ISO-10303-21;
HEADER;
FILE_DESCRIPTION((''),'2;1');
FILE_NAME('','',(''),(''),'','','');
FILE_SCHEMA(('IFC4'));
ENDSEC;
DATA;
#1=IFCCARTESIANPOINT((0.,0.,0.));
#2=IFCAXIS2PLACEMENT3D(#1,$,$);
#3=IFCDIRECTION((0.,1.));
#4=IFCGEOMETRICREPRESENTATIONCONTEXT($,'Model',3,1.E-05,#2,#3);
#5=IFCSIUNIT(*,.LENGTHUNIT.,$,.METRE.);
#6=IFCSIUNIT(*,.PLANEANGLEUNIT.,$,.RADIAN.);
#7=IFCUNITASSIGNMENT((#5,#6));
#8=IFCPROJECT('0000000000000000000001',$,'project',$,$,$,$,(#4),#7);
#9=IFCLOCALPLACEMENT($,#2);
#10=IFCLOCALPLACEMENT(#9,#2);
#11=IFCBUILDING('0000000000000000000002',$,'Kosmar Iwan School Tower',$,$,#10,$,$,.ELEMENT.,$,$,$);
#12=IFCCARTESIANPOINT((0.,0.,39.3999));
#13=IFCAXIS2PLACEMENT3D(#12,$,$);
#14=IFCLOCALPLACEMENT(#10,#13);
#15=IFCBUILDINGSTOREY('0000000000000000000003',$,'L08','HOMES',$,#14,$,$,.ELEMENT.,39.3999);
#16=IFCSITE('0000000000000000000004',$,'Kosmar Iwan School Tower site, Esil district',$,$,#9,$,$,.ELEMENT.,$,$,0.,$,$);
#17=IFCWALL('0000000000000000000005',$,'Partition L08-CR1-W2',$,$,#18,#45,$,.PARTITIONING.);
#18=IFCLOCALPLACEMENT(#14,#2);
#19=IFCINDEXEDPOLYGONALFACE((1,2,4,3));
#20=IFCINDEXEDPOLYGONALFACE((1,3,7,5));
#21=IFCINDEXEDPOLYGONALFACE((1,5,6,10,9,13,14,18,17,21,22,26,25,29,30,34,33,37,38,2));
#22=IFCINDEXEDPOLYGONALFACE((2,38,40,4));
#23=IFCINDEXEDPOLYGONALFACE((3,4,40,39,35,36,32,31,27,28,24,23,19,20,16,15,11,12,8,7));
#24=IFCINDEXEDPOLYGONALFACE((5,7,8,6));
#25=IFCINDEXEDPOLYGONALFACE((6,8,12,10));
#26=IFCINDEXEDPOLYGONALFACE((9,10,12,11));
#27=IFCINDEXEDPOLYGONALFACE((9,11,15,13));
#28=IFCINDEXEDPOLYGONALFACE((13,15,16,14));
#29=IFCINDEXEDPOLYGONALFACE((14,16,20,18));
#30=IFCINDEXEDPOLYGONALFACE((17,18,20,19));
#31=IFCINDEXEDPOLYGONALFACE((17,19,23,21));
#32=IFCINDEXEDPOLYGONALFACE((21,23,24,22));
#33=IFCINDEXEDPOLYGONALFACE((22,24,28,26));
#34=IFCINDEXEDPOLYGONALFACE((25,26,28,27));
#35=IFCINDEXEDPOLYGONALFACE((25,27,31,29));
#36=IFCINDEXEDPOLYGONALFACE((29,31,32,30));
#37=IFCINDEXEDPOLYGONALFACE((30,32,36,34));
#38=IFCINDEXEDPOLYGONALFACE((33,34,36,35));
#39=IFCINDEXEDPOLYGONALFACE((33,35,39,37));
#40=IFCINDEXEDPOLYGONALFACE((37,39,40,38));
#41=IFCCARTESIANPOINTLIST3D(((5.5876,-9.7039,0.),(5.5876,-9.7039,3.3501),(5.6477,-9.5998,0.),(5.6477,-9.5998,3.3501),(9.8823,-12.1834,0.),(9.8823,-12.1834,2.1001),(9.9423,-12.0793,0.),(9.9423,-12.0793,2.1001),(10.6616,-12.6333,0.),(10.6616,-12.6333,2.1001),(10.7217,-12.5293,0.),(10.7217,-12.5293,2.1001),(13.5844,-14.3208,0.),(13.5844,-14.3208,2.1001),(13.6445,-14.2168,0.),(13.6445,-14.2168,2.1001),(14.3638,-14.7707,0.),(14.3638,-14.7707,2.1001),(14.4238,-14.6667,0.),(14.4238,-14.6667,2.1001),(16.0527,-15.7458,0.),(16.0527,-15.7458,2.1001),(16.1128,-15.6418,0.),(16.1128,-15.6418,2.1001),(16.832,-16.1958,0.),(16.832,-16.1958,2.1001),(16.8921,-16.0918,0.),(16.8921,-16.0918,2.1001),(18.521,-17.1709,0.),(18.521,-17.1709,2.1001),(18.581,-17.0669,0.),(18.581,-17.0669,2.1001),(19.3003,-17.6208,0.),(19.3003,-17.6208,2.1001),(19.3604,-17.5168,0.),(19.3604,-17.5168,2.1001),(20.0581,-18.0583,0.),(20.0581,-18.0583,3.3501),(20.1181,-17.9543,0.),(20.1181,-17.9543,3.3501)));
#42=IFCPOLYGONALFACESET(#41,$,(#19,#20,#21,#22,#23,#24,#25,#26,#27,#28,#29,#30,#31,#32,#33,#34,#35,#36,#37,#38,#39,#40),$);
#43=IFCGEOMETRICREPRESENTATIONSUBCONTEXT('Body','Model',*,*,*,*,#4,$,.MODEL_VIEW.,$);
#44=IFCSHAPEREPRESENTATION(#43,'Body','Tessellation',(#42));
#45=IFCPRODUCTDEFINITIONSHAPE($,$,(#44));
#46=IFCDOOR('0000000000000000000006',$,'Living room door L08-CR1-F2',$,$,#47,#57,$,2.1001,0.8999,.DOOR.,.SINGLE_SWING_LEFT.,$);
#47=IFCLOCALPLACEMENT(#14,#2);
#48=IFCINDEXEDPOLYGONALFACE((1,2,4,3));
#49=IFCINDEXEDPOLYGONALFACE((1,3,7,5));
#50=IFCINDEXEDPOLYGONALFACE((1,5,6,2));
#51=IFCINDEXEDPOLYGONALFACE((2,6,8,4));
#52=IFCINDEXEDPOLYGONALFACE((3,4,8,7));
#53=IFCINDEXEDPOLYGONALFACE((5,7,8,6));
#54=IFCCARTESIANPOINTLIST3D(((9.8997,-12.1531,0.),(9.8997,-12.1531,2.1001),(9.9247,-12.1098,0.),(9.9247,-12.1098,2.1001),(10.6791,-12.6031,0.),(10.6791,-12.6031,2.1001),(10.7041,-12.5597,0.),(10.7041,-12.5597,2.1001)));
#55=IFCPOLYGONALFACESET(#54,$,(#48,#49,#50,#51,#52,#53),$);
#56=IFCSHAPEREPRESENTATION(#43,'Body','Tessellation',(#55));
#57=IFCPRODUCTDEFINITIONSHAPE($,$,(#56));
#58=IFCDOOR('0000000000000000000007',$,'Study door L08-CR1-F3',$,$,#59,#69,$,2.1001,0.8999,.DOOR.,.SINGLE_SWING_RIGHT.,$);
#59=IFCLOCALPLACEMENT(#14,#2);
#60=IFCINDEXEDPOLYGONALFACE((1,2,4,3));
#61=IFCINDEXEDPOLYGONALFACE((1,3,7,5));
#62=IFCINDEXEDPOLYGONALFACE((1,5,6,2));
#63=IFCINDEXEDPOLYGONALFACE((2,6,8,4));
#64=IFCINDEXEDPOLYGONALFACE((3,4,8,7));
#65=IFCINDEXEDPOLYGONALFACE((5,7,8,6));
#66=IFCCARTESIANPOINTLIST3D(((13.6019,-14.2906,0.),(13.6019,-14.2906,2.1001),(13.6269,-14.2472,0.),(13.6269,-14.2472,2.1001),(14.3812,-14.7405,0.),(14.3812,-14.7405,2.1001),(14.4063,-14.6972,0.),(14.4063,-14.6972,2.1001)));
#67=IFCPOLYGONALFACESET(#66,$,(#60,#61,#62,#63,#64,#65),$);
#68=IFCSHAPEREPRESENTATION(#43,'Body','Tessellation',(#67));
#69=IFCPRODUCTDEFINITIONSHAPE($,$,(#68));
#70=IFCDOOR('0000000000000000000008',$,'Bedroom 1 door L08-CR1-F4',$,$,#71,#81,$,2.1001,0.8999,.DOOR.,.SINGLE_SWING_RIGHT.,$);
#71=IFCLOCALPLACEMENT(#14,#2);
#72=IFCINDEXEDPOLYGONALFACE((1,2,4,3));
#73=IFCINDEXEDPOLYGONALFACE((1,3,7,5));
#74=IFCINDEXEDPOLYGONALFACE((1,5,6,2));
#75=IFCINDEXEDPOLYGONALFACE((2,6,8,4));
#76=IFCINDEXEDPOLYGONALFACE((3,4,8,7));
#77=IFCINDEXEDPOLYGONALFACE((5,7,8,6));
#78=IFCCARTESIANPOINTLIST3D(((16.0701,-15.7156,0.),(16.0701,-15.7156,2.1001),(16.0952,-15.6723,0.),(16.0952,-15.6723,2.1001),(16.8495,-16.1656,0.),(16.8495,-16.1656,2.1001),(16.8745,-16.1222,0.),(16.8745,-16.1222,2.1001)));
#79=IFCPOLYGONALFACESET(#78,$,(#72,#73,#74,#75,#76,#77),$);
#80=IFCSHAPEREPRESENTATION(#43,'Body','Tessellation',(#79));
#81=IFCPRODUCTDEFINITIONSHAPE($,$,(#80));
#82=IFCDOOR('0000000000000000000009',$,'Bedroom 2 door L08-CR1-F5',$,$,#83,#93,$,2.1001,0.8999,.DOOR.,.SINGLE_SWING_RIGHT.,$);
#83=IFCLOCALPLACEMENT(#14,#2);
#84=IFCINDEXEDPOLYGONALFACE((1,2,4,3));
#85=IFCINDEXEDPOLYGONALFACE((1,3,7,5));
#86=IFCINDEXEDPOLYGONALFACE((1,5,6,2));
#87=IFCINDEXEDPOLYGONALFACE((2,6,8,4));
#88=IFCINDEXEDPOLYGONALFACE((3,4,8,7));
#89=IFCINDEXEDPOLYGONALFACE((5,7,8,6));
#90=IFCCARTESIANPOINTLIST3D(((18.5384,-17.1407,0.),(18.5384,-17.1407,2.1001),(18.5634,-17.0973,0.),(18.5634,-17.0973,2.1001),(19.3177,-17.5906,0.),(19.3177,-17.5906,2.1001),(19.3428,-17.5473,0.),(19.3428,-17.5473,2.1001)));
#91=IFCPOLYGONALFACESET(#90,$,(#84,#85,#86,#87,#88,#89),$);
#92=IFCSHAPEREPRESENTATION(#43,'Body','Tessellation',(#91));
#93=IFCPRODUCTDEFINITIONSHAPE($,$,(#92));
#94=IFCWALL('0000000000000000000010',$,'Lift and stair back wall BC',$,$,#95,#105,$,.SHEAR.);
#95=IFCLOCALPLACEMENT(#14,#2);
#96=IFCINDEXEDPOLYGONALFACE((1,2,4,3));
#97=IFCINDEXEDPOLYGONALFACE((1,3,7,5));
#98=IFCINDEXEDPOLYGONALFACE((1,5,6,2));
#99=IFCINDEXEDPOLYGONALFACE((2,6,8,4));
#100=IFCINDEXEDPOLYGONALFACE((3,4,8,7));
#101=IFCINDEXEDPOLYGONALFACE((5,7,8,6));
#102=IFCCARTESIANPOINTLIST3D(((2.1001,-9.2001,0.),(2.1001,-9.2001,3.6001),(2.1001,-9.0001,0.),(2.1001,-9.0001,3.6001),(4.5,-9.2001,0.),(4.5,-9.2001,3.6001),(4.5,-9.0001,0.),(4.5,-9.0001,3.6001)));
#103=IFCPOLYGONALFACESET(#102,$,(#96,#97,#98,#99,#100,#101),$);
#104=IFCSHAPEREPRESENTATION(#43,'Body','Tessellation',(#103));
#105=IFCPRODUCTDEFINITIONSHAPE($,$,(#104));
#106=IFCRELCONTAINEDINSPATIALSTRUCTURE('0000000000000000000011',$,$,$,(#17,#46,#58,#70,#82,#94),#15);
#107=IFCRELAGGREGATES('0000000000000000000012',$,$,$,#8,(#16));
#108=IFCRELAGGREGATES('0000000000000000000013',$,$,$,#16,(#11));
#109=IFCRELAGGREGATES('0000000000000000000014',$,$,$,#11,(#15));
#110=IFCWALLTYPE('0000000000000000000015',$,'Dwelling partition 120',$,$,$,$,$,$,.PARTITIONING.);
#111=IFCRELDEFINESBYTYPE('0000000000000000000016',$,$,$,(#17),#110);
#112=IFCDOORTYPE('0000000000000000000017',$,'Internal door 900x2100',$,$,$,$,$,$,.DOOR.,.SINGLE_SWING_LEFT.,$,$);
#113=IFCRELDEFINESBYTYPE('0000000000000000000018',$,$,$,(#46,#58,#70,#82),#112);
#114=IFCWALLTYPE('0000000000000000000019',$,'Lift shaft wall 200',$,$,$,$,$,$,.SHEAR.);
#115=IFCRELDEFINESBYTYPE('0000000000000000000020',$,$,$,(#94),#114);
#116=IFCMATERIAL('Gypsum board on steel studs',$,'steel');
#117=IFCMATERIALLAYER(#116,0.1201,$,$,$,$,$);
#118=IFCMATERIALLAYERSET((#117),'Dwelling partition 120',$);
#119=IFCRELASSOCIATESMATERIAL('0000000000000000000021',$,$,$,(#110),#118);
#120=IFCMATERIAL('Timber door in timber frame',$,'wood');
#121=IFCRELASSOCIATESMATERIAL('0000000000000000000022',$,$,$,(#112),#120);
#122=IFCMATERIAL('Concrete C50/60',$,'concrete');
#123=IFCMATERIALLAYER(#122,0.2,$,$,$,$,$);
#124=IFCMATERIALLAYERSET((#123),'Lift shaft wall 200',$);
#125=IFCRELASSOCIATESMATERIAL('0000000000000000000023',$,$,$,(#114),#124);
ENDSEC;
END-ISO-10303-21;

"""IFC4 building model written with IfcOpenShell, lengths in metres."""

from ifc_helpers import new_model, si_unit, direction, frame, frame_2d, origin, place, context, subcontext, project, spatial, rectangle, extrude, material, layer, layer_set, type_object, element, fill, save


model = new_model("IFC4")

# Units and contexts
model_context = context("Model", 3, precision=1e-05, world=origin(), true_north=direction((0.0, 1.0)))
body_context = subcontext(model_context, "Body", "Model", "MODEL_VIEW")
ifc_project = project(units=[si_unit("LENGTHUNIT", "METRE"), si_unit("PLANEANGLEUNIT", "RADIAN")], contexts=[model_context])

# Site, building, storey
site_placement = place(None, origin())
site = spatial("IfcSite", under=ifc_project, at=site_placement, Name="Kosmar Iwan School Tower site, Esil district", CompositionType="ELEMENT", RefElevation=0.0)
building_placement = place(site_placement, origin())
building = spatial("IfcBuilding", under=site, at=building_placement, Name="Kosmar Iwan School Tower", CompositionType="ELEMENT")
storey_placement = place(building_placement, frame((0.0, 0.0, 39.3999)))
storey = spatial("IfcBuildingStorey", under=building, at=storey_placement, Name="L08", Description="HOMES", CompositionType="ELEMENT", Elevation=39.3999)

# Wall, openings, doors
ifc_material_1 = material(Name="Gypsum board on steel studs", Category="steel")
ifc_layer_1 = layer(ifc_material_1, 0.1201)
ifc_layer_set_1 = layer_set([ifc_layer_1], Name="Dwelling partition 120")
wall_type_1 = type_object("IfcWallType", Name="Dwelling partition 120", PredefinedType="PARTITIONING", material=ifc_layer_set_1)
wall_1_placement = place(storey_placement, frame((5.6177, -9.6519, 0.0), z_axis=(0.0, 0.0, 1.0), x_axis=(0.866026, -0.499999, 0.0)))
wall_1 = element("IfcWall", 1, at=wall_1_placement, inside=storey, type_object=wall_type_1, Name="Partition L08-CR1-W2", PredefinedType="PARTITIONING", context=body_context, shape_type="SweptSolid", body=[
    extrude(rectangle(XDim=16.709, YDim=0.1201, at=frame_2d((8.3545, 0.0))), origin(), (0.0, 0.0, 1.0), 3.3501),
])
opening_1_placement = place(wall_1_placement, frame((4.959, 0.0, 0.0)))
opening_1 = element("IfcOpeningElement", 2, at=opening_1_placement, cuts=wall_1, PredefinedType="OPENING", context=body_context, shape_type="SweptSolid", body=[
    extrude(rectangle(XDim=0.8999, YDim=2.1001, at=frame_2d((0.45, 1.05))), frame((0.0, 0.072, 0.0), z_axis=(0.0, -1.0, 0.0), x_axis=(1.0, 0.0, 0.0)), (0.0, 0.0, 1.0), 0.144),
])
opening_2_placement = place(wall_1_placement, frame((9.2339, 0.0, 0.0)))
opening_2 = element("IfcOpeningElement", 3, at=opening_2_placement, cuts=wall_1, PredefinedType="OPENING", context=body_context, shape_type="SweptSolid", body=[
    extrude(rectangle(XDim=0.8999, YDim=2.1001, at=frame_2d((0.45, 1.05))), frame((0.0, 0.072, 0.0), z_axis=(0.0, -1.0, 0.0), x_axis=(1.0, 0.0, 0.0)), (0.0, 0.0, 1.0), 0.144),
])
opening_3_placement = place(wall_1_placement, frame((12.084, 0.0, 0.0)))
opening_3 = element("IfcOpeningElement", 4, at=opening_3_placement, cuts=wall_1, PredefinedType="OPENING", context=body_context, shape_type="SweptSolid", body=[
    extrude(rectangle(XDim=0.8999, YDim=2.1001, at=frame_2d((0.45, 1.05))), frame((0.0, 0.072, 0.0), z_axis=(0.0, -1.0, 0.0), x_axis=(1.0, 0.0, 0.0)), (0.0, 0.0, 1.0), 0.144),
])
opening_4_placement = place(wall_1_placement, frame((14.9341, 0.0, 0.0)))
opening_4 = element("IfcOpeningElement", 5, at=opening_4_placement, cuts=wall_1, PredefinedType="OPENING", context=body_context, shape_type="SweptSolid", body=[
    extrude(rectangle(XDim=0.8999, YDim=2.1001, at=frame_2d((0.45, 1.05))), frame((0.0, 0.072, 0.0), z_axis=(0.0, -1.0, 0.0), x_axis=(1.0, 0.0, 0.0)), (0.0, 0.0, 1.0), 0.144),
])
ifc_material_2 = material(Name="Timber door in timber frame", Category="wood")
door_type = type_object("IfcDoorType", Name="Internal door 900x2100", OperationType="SINGLE_SWING_LEFT", PredefinedType="DOOR", material=ifc_material_2)
door_1_placement = place(opening_1_placement, origin())
door_1 = element("IfcDoor", 6, at=door_1_placement, inside=storey, type_object=door_type, Name="Living room door L08-CR1-F2", OperationType="SINGLE_SWING_LEFT", OverallHeight=2.1001, OverallWidth=0.8999, PredefinedType="DOOR", context=body_context, shape_type="SweptSolid", body=[
    extrude(rectangle(XDim=0.8999, YDim=2.1001, at=frame_2d((0.45, 1.05))), frame((0.0, 0.0249, 0.0), z_axis=(0.0, -1.0, 0.0), x_axis=(1.0, 0.0, 0.0)), (0.0, 0.0, 1.0), 0.05),
])
fill(opening_1, door_1)
door_2_placement = place(opening_2_placement, origin())
door_2 = element("IfcDoor", 7, at=door_2_placement, inside=storey, type_object=door_type, Name="Study door L08-CR1-F3", OperationType="SINGLE_SWING_RIGHT", OverallHeight=2.1001, OverallWidth=0.8999, PredefinedType="DOOR", context=body_context, shape_type="SweptSolid", body=[
    extrude(rectangle(XDim=0.8999, YDim=2.1001, at=frame_2d((0.45, 1.05))), frame((0.0, 0.0249, 0.0), z_axis=(0.0, -1.0, 0.0), x_axis=(1.0, 0.0, 0.0)), (0.0, 0.0, 1.0), 0.05),
])
fill(opening_2, door_2)
door_3_placement = place(opening_3_placement, origin())
door_3 = element("IfcDoor", 8, at=door_3_placement, inside=storey, type_object=door_type, Name="Bedroom 1 door L08-CR1-F4", OperationType="SINGLE_SWING_RIGHT", OverallHeight=2.1001, OverallWidth=0.8999, PredefinedType="DOOR", context=body_context, shape_type="SweptSolid", body=[
    extrude(rectangle(XDim=0.8999, YDim=2.1001, at=frame_2d((0.45, 1.05))), frame((0.0, 0.0249, 0.0), z_axis=(0.0, -1.0, 0.0), x_axis=(1.0, 0.0, 0.0)), (0.0, 0.0, 1.0), 0.05),
])
fill(opening_3, door_3)
door_4_placement = place(opening_4_placement, origin())
door_4 = element("IfcDoor", 9, at=door_4_placement, inside=storey, type_object=door_type, Name="Bedroom 2 door L08-CR1-F5", OperationType="SINGLE_SWING_RIGHT", OverallHeight=2.1001, OverallWidth=0.8999, PredefinedType="DOOR", context=body_context, shape_type="SweptSolid", body=[
    extrude(rectangle(XDim=0.8999, YDim=2.1001, at=frame_2d((0.45, 1.05))), frame((0.0, 0.0249, 0.0), z_axis=(0.0, -1.0, 0.0), x_axis=(1.0, 0.0, 0.0)), (0.0, 0.0, 1.0), 0.05),
])
fill(opening_4, door_4)

# Wall
ifc_material_3 = material(Name="Concrete C50/60", Category="concrete")
ifc_layer_2 = layer(ifc_material_3, 0.2)
ifc_layer_set_2 = layer_set([ifc_layer_2], Name="Lift shaft wall 200")
wall_type_2 = type_object("IfcWallType", Name="Lift shaft wall 200", PredefinedType="SHEAR", material=ifc_layer_set_2)
wall_2_placement = place(storey_placement, frame((2.1001, -9.1001, 0.0), z_axis=(0.0, 0.0, 1.0), x_axis=(1.0, 0.0, 0.0)))
element("IfcWall", 10, at=wall_2_placement, inside=storey, type_object=wall_type_2, Name="Lift and stair back wall BC", PredefinedType="SHEAR", context=body_context, shape_type="SweptSolid", body=[
    extrude(rectangle(XDim=2.3999, YDim=0.2, at=frame_2d((1.2, 0.0))), origin(), (0.0, 0.0, 1.0), 3.6001),
])

save(model, "model.ifc")
